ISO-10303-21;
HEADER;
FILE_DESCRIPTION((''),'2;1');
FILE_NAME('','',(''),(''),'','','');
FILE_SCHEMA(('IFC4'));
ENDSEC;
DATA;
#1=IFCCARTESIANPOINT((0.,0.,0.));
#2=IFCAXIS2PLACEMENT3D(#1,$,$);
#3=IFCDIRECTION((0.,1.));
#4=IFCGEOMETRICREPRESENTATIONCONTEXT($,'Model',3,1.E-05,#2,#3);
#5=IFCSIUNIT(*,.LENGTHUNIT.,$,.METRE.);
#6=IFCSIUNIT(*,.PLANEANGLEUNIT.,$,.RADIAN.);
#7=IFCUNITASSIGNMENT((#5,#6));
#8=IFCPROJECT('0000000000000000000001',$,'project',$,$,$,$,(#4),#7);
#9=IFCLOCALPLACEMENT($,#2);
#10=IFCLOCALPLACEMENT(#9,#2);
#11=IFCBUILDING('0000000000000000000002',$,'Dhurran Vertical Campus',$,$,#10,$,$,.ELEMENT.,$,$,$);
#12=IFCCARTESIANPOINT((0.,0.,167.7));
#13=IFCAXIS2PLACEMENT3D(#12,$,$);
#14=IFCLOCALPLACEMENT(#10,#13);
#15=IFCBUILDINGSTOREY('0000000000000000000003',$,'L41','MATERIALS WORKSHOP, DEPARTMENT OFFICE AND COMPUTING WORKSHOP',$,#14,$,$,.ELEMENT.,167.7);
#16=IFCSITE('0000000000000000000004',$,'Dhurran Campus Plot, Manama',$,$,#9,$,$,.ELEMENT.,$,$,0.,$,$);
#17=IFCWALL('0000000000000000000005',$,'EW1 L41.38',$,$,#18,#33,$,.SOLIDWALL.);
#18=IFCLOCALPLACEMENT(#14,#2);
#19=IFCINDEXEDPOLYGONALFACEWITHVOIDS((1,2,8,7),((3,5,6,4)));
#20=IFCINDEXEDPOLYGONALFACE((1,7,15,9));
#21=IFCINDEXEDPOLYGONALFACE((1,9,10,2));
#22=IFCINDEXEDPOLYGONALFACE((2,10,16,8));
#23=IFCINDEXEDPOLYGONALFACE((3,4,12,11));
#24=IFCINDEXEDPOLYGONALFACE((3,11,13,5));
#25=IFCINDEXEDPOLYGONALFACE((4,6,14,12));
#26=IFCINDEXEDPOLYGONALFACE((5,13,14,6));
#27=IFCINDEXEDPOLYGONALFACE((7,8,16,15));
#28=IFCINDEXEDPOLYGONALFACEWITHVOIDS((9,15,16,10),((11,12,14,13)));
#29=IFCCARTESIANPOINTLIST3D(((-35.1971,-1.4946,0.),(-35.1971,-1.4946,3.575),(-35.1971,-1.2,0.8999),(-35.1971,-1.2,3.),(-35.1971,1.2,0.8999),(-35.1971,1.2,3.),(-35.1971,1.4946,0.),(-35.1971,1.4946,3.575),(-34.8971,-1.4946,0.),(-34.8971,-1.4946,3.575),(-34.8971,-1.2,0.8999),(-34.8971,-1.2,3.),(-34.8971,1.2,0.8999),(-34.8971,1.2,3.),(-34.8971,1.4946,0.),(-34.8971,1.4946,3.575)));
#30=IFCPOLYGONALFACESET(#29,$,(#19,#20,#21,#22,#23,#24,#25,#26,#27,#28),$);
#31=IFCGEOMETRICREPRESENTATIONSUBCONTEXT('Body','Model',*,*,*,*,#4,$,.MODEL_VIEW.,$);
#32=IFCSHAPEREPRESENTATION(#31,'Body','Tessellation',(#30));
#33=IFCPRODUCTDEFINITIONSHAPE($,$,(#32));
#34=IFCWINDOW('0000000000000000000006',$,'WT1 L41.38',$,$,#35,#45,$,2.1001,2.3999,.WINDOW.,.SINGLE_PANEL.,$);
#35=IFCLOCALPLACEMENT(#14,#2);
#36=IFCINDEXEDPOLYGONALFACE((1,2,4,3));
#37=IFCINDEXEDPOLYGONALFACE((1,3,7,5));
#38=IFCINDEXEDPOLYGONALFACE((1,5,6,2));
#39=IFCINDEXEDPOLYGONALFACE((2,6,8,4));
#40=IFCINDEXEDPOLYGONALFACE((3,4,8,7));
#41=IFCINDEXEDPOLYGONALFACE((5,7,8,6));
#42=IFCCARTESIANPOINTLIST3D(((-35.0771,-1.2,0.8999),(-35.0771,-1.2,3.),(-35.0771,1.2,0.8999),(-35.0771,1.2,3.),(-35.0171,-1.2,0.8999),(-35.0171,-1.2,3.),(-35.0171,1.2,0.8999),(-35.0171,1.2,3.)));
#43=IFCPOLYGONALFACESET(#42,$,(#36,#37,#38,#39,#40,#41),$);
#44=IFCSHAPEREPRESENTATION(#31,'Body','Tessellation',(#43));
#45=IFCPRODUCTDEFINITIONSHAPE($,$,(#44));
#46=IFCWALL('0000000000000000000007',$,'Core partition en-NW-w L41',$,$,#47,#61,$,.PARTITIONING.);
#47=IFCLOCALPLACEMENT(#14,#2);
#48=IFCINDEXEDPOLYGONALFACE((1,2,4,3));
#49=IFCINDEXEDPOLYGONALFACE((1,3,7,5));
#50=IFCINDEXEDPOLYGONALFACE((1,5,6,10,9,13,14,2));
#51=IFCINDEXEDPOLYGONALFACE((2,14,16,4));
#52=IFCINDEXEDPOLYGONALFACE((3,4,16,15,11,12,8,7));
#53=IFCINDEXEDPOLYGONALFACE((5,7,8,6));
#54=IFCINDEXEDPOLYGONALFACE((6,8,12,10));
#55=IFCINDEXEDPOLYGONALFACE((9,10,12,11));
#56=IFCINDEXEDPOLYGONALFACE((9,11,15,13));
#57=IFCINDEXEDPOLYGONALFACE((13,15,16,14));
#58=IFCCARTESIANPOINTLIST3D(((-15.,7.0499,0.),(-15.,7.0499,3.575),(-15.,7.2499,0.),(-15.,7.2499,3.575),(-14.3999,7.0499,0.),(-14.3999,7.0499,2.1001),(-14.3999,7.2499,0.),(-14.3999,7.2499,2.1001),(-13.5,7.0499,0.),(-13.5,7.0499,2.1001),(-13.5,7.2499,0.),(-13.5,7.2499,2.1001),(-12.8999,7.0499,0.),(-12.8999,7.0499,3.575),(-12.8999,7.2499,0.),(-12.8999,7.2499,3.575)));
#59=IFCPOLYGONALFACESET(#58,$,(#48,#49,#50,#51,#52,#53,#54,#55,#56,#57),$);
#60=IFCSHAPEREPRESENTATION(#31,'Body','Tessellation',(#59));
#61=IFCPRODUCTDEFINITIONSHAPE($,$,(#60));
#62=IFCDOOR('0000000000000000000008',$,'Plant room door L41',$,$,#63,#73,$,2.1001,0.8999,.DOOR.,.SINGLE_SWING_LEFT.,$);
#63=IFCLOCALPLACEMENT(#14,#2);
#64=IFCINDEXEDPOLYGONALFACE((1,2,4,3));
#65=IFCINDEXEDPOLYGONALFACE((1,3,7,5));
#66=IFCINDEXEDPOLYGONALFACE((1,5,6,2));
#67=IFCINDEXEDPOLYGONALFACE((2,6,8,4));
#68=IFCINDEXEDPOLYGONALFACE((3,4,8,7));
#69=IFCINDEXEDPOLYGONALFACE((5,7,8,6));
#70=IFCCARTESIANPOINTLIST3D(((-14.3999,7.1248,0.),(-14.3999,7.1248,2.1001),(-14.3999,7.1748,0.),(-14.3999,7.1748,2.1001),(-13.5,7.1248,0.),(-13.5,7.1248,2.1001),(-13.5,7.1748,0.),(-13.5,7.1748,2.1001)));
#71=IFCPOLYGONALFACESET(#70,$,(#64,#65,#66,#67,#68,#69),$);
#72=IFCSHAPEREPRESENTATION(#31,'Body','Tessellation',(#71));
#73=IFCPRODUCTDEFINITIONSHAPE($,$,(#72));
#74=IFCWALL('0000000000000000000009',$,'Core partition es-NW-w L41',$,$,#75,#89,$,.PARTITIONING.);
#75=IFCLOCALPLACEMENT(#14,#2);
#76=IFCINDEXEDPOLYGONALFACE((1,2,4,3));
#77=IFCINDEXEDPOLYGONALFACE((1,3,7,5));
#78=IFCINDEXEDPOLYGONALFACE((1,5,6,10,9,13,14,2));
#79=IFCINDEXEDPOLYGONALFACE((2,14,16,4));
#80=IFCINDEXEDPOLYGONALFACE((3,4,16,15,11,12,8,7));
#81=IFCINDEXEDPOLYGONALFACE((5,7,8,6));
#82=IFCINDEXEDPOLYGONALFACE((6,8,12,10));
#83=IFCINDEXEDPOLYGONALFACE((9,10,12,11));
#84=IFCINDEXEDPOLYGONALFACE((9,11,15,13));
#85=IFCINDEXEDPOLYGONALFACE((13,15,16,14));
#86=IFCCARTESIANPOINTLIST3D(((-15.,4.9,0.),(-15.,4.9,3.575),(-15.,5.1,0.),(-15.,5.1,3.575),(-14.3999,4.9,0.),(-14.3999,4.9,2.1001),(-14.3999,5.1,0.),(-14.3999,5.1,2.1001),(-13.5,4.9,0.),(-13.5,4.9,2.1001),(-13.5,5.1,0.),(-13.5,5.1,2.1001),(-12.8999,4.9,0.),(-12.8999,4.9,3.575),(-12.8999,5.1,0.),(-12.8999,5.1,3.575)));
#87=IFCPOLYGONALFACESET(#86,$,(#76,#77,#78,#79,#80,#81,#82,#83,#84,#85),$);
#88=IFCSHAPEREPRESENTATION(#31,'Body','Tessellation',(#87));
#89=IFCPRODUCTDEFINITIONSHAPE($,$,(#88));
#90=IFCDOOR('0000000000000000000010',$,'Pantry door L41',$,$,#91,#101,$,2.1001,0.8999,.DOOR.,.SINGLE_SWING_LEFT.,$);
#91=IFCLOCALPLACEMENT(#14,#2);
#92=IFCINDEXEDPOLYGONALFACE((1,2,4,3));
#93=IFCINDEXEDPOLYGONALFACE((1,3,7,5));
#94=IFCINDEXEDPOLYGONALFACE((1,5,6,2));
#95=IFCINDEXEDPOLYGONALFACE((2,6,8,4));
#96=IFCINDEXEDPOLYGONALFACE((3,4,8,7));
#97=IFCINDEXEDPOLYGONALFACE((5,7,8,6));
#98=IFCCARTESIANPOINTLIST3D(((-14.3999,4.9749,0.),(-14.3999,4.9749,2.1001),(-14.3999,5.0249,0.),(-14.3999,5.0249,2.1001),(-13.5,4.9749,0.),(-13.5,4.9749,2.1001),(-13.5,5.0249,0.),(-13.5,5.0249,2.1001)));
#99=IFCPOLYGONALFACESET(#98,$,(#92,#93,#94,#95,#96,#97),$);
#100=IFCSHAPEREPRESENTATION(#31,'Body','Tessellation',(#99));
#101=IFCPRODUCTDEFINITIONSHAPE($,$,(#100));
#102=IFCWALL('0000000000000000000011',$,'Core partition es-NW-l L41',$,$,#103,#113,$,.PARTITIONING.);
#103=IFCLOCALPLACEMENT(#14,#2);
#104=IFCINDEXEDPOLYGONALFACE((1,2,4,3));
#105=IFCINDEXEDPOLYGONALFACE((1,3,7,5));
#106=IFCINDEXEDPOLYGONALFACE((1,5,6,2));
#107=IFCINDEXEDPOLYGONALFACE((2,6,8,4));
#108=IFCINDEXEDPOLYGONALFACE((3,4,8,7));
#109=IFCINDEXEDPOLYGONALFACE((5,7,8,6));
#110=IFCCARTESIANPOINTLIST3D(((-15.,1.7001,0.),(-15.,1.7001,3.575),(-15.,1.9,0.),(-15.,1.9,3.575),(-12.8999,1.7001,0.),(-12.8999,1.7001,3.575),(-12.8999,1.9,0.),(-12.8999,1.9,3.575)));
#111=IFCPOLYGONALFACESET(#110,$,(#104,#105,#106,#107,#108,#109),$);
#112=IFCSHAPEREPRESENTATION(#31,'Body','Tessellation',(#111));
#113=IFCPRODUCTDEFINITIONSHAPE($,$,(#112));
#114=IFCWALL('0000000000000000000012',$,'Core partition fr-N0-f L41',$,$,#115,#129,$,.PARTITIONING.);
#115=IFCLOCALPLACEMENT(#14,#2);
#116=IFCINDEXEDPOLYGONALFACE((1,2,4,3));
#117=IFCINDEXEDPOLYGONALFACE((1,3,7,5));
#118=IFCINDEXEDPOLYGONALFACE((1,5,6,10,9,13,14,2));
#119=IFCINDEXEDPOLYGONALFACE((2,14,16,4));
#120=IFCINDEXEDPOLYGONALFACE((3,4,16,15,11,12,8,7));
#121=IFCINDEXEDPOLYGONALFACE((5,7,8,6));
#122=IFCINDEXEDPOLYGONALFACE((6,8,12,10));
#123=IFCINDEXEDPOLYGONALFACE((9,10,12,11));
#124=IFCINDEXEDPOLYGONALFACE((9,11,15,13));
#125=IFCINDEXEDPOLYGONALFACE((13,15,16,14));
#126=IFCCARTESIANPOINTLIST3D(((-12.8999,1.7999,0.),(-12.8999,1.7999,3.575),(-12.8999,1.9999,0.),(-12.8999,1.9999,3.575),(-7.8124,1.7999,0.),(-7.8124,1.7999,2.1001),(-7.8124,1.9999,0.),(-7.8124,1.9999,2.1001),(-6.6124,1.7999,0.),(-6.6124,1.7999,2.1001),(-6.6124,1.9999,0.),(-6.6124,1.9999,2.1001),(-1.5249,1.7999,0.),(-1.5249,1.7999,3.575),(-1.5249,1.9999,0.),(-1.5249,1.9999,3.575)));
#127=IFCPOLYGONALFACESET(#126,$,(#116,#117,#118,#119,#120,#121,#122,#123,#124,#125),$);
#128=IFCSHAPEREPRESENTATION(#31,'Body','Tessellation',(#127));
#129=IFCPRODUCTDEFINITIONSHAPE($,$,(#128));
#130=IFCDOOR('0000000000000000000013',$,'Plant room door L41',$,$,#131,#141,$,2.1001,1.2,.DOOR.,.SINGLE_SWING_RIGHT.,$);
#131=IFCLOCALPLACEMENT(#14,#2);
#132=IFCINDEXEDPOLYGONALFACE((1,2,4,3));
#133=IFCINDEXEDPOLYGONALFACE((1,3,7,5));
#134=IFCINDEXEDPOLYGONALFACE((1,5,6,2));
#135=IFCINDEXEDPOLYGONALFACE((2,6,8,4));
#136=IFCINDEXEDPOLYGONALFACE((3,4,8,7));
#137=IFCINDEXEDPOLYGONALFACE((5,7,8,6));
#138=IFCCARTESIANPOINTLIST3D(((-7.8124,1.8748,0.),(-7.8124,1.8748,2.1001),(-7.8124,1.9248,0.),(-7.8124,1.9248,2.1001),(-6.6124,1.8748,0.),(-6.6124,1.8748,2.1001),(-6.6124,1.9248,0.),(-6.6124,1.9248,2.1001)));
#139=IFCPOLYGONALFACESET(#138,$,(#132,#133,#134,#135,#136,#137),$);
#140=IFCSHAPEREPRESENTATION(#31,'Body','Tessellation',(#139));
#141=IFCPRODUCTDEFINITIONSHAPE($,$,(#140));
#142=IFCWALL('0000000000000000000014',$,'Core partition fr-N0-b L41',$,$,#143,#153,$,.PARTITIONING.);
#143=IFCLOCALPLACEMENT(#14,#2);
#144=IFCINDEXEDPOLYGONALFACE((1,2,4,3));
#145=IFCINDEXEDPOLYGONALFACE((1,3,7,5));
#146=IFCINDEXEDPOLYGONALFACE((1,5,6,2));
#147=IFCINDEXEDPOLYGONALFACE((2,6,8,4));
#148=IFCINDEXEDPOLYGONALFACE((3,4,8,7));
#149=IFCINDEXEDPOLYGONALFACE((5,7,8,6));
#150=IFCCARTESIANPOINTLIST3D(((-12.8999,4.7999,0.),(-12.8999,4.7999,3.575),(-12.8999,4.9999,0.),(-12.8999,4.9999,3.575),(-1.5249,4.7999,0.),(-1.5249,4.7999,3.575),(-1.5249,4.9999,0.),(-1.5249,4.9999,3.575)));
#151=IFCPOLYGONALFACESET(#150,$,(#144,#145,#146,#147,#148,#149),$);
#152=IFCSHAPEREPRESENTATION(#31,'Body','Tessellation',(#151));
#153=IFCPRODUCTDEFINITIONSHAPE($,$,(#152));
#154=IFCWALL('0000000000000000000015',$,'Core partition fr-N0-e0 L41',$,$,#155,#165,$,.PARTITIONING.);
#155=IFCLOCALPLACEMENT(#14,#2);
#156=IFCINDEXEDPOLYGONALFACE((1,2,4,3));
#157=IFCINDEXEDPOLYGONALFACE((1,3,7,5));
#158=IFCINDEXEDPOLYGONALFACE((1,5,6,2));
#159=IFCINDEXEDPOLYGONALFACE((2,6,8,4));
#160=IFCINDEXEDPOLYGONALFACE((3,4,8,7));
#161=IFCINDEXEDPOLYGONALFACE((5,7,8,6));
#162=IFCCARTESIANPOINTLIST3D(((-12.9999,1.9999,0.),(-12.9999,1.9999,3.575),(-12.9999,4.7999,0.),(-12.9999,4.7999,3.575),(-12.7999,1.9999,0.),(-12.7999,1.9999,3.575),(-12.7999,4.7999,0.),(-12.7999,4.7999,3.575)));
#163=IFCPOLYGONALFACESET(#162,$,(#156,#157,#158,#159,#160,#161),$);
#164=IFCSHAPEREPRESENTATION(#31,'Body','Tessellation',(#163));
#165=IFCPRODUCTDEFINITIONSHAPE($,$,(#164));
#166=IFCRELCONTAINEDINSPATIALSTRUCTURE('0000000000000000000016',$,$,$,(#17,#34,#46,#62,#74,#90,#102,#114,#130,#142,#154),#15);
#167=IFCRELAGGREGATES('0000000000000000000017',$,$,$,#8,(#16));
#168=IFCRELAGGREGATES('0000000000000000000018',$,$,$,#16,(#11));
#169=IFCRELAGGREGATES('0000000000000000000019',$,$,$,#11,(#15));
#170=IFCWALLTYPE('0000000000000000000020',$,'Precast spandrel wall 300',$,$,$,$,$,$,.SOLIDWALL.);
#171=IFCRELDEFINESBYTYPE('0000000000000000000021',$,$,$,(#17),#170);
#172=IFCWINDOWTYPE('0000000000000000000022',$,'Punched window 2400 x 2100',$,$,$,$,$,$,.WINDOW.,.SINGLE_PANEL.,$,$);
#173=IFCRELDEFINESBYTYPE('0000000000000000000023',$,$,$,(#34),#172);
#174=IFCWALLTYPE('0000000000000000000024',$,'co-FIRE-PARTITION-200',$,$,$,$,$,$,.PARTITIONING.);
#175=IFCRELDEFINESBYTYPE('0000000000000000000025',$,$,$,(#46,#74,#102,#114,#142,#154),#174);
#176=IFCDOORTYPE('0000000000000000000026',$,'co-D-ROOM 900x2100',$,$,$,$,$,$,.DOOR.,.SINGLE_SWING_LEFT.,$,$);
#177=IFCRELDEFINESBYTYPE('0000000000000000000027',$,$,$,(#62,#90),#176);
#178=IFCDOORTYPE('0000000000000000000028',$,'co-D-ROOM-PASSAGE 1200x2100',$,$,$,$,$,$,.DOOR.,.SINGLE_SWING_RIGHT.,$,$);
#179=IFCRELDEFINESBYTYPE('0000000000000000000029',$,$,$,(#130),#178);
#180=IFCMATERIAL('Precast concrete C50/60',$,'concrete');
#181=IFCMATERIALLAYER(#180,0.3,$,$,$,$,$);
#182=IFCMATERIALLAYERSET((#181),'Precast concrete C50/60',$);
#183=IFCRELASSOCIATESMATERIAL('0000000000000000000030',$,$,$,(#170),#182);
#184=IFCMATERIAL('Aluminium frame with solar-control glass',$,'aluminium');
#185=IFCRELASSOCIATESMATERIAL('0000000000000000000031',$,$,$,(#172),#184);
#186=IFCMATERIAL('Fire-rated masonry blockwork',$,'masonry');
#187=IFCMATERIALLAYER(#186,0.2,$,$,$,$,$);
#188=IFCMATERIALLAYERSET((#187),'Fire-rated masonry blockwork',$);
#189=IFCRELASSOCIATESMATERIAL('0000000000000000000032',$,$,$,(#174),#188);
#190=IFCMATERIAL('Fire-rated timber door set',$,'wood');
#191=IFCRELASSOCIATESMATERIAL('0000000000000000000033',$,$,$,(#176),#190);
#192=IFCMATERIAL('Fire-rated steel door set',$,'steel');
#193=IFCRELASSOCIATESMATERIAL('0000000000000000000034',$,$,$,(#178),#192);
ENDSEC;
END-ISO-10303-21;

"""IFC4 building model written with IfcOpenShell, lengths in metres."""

from ifc_helpers import new_model, si_unit, direction, frame, frame_2d, origin, place, context, subcontext, project, spatial, rectangle, extrude, material, layer, layer_set, type_object, element, fill, save


model = new_model("IFC4")

# Units and contexts
model_context = context("Model", 3, precision=1e-05, world=origin(), true_north=direction((0.0, 1.0)))
body_context = subcontext(model_context, "Body", "Model", "MODEL_VIEW")
ifc_project = project(units=[si_unit("LENGTHUNIT", "METRE"), si_unit("PLANEANGLEUNIT", "RADIAN")], contexts=[model_context])

# Site, building, storey
site_placement = place(None, origin())
site = spatial("IfcSite", under=ifc_project, at=site_placement, Name="Dhurran Campus Plot, Manama", CompositionType="ELEMENT", RefElevation=0.0)
building_placement = place(site_placement, origin())
building = spatial("IfcBuilding", under=site, at=building_placement, Name="Dhurran Vertical Campus", CompositionType="ELEMENT")
storey_placement = place(building_placement, frame((0.0, 0.0, 167.7)))
storey = spatial("IfcBuildingStorey", under=building, at=storey_placement, Name="L41", Description="MATERIALS WORKSHOP, DEPARTMENT OFFICE AND COMPUTING WORKSHOP", CompositionType="ELEMENT", Elevation=167.7)

# Wall, opening, window
ifc_material_1 = material(Name="Precast concrete C50/60", Category="concrete")
ifc_layer_1 = layer(ifc_material_1, 0.3)
ifc_layer_set_1 = layer_set([ifc_layer_1], Name="Precast concrete C50/60")
wall_type_1 = type_object("IfcWallType", Name="Precast spandrel wall 300", PredefinedType="SOLIDWALL", material=ifc_layer_set_1)
ifc_material_2 = material(Name="Aluminium frame with solar-control glass", Category="aluminium")
window_type = type_object("IfcWindowType", Name="Punched window 2400 x 2100", PartitioningType="SINGLE_PANEL", PredefinedType="WINDOW", material=ifc_material_2)
wall_1_placement = place(storey_placement, frame((-35.0471, 1.4946, 0.0), z_axis=(0.0, 0.0, 1.0), x_axis=(0.0, -1.0, 0.0)))
wall_1 = element("IfcWall", 1, at=wall_1_placement, inside=storey, type_object=wall_type_1, Name="EW1 L41.38", PredefinedType="SOLIDWALL", context=body_context, shape_type="SweptSolid", body=[
    extrude(rectangle(XDim=2.9893, YDim=0.3, at=frame_2d((1.4946, 0.0))), origin(), (0.0, 0.0, 1.0), 3.575),
])
opening_1_placement = place(wall_1_placement, frame((0.2947, 0.0, 0.8999)))
opening_1 = element("IfcOpeningElement", 2, at=opening_1_placement, cuts=wall_1, PredefinedType="OPENING", context=body_context, shape_type="SweptSolid", body=[
    extrude(rectangle(XDim=2.3999, YDim=2.1001, at=frame_2d((1.2, 1.05))), frame((0.0, 0.1599, 0.0), z_axis=(0.0, -1.0, 0.0), x_axis=(1.0, 0.0, 0.0)), (0.0, 0.0, 1.0), 0.3201),
])
window_1_placement = place(opening_1_placement, origin())
window_1 = element("IfcWindow", 3, at=window_1_placement, inside=storey, type_object=window_type, Name="WT1 L41.38", OverallHeight=2.1001, OverallWidth=2.3999, PartitioningType="SINGLE_PANEL", PredefinedType="WINDOW", context=body_context, shape_type="SweptSolid", body=[
    extrude(rectangle(XDim=2.3999, YDim=2.1001, at=frame_2d((1.2, 1.05))), frame((0.0, 0.03, 0.0), z_axis=(0.0, -1.0, 0.0), x_axis=(1.0, 0.0, 0.0)), (0.0, 0.0, 1.0), 0.0601),
])
fill(opening_1, window_1)

# Walls, openings, doors
ifc_material_3 = material(Name="Fire-rated masonry blockwork", Category="masonry")
ifc_layer_2 = layer(ifc_material_3, 0.2)
ifc_layer_set_2 = layer_set([ifc_layer_2], Name="Fire-rated masonry blockwork")
wall_type_2 = type_object("IfcWallType", Name="co-FIRE-PARTITION-200", PredefinedType="PARTITIONING", material=ifc_layer_set_2)
wall_2_placement = place(storey_placement, frame((-15.0, 7.1499, 0.0), z_axis=(0.0, 0.0, 1.0), x_axis=(1.0, 0.0, 0.0)))
wall_2 = element("IfcWall", 4, at=wall_2_placement, inside=storey, type_object=wall_type_2, Name="Core partition en-NW-w L41", PredefinedType="PARTITIONING", context=body_context, shape_type="SweptSolid", body=[
    extrude(rectangle(XDim=2.1001, YDim=0.2, at=frame_2d((1.05, 0.0))), origin(), (0.0, 0.0, 1.0), 3.575),
])
opening_2_placement = place(wall_2_placement, frame((0.6001, 0.0, 0.0)))
opening_2 = element("IfcOpeningElement", 5, at=opening_2_placement, cuts=wall_2, PredefinedType="OPENING", context=body_context, shape_type="SweptSolid", body=[
    extrude(rectangle(XDim=0.8999, YDim=2.1001, at=frame_2d((0.45, 1.05))), frame((0.0, 0.1099, 0.0), z_axis=(0.0, -1.0, 0.0), x_axis=(1.0, 0.0, 0.0)), (0.0, 0.0, 1.0), 0.22),
])
ifc_material_4 = material(Name="Fire-rated timber door set", Category="wood")
door_type_1 = type_object("IfcDoorType", Name="co-D-ROOM 900x2100", OperationType="SINGLE_SWING_LEFT", PredefinedType="DOOR", material=ifc_material_4)
door_1_placement = place(opening_2_placement, origin())
door_1 = element("IfcDoor", 6, at=door_1_placement, inside=storey, type_object=door_type_1, Name="Plant room door L41", OperationType="SINGLE_SWING_LEFT", OverallHeight=2.1001, OverallWidth=0.8999, PredefinedType="DOOR", context=body_context, shape_type="SweptSolid", body=[
    extrude(rectangle(XDim=0.8999, YDim=2.1001, at=frame_2d((0.45, 1.05))), frame((0.0, 0.0249, 0.0), z_axis=(0.0, -1.0, 0.0), x_axis=(1.0, 0.0, 0.0)), (0.0, 0.0, 1.0), 0.05),
])
fill(opening_2, door_1)
wall_3_placement = place(storey_placement, frame((-15.0, 5.0, 0.0), z_axis=(0.0, 0.0, 1.0), x_axis=(1.0, 0.0, 0.0)))
wall_3 = element("IfcWall", 7, at=wall_3_placement, inside=storey, type_object=wall_type_2, Name="Core partition es-NW-w L41", PredefinedType="PARTITIONING", context=body_context, shape_type="SweptSolid", body=[
    extrude(rectangle(XDim=2.1001, YDim=0.2, at=frame_2d((1.05, 0.0))), origin(), (0.0, 0.0, 1.0), 3.575),
])
opening_3_placement = place(wall_3_placement, frame((0.6001, 0.0, 0.0)))
opening_3 = element("IfcOpeningElement", 8, at=opening_3_placement, cuts=wall_3, PredefinedType="OPENING", context=body_context, shape_type="SweptSolid", body=[
    extrude(rectangle(XDim=0.8999, YDim=2.1001, at=frame_2d((0.45, 1.05))), frame((0.0, 0.1099, 0.0), z_axis=(0.0, -1.0, 0.0), x_axis=(1.0, 0.0, 0.0)), (0.0, 0.0, 1.0), 0.22),
])
door_2_placement = place(opening_3_placement, origin())
door_2 = element("IfcDoor", 9, at=door_2_placement, inside=storey, type_object=door_type_1, Name="Pantry door L41", OperationType="SINGLE_SWING_LEFT", OverallHeight=2.1001, OverallWidth=0.8999, PredefinedType="DOOR", context=body_context, shape_type="SweptSolid", body=[
    extrude(rectangle(XDim=0.8999, YDim=2.1001, at=frame_2d((0.45, 1.05))), frame((0.0, 0.0249, 0.0), z_axis=(0.0, -1.0, 0.0), x_axis=(1.0, 0.0, 0.0)), (0.0, 0.0, 1.0), 0.05),
])
fill(opening_3, door_2)

# Wall
wall_4_placement = place(storey_placement, frame((-15.0, 1.8, 0.0), z_axis=(0.0, 0.0, 1.0), x_axis=(1.0, 0.0, 0.0)))
element("IfcWall", 10, at=wall_4_placement, inside=storey, type_object=wall_type_2, Name="Core partition es-NW-l L41", PredefinedType="PARTITIONING", context=body_context, shape_type="SweptSolid", body=[
    extrude(rectangle(XDim=2.1001, YDim=0.2, at=frame_2d((1.05, 0.0))), origin(), (0.0, 0.0, 1.0), 3.575),
])

# Wall, opening, door
wall_5_placement = place(storey_placement, frame((-12.8999, 1.8999, 0.0), z_axis=(0.0, 0.0, 1.0), x_axis=(1.0, 0.0, 0.0)))
wall_5 = element("IfcWall", 11, at=wall_5_placement, inside=storey, type_object=wall_type_2, Name="Core partition fr-N0-f L41", PredefinedType="PARTITIONING", context=body_context, shape_type="SweptSolid", body=[
    extrude(rectangle(XDim=11.375, YDim=0.2, at=frame_2d((5.6875, 0.0))), origin(), (0.0, 0.0, 1.0), 3.575),
])
opening_4_placement = place(wall_5_placement, frame((5.0874, 0.0, 0.0)))
opening_4 = element("IfcOpeningElement", 12, at=opening_4_placement, cuts=wall_5, PredefinedType="OPENING", context=body_context, shape_type="SweptSolid", body=[
    extrude(rectangle(XDim=1.2, YDim=2.1001, at=frame_2d((0.6001, 1.05))), frame((0.0, 0.1099, 0.0), z_axis=(0.0, -1.0, 0.0), x_axis=(1.0, 0.0, 0.0)), (0.0, 0.0, 1.0), 0.22),
])
ifc_material_5 = material(Name="Fire-rated steel door set", Category="steel")
door_type_2 = type_object("IfcDoorType", Name="co-D-ROOM-PASSAGE 1200x2100", OperationType="SINGLE_SWING_RIGHT", PredefinedType="DOOR", material=ifc_material_5)
door_3_placement = place(opening_4_placement, origin())
door_3 = element("IfcDoor", 13, at=door_3_placement, inside=storey, type_object=door_type_2, Name="Plant room door L41", OperationType="SINGLE_SWING_RIGHT", OverallHeight=2.1001, OverallWidth=1.2, PredefinedType="DOOR", context=body_context, shape_type="SweptSolid", body=[
    extrude(rectangle(XDim=1.2, YDim=2.1001, at=frame_2d((0.6001, 1.05))), frame((0.0, 0.0249, 0.0), z_axis=(0.0, -1.0, 0.0), x_axis=(1.0, 0.0, 0.0)), (0.0, 0.0, 1.0), 0.05),
])
fill(opening_4, door_3)

# Walls
wall_6_placement = place(storey_placement, frame((-12.8999, 4.8999, 0.0), z_axis=(0.0, 0.0, 1.0), x_axis=(1.0, 0.0, 0.0)))
element("IfcWall", 14, at=wall_6_placement, inside=storey, type_object=wall_type_2, Name="Core partition fr-N0-b L41", PredefinedType="PARTITIONING", context=body_context, shape_type="SweptSolid", body=[
    extrude(rectangle(XDim=11.375, YDim=0.2, at=frame_2d((5.6875, 0.0))), origin(), (0.0, 0.0, 1.0), 3.575),
])
wall_7_placement = place(storey_placement, frame((-12.8999, 2.0, 0.0), z_axis=(0.0, 0.0, 1.0), x_axis=(0.0, 1.0, 0.0)))
element("IfcWall", 15, at=wall_7_placement, inside=storey, type_object=wall_type_2, Name="Core partition fr-N0-e0 L41", PredefinedType="PARTITIONING", context=body_context, shape_type="SweptSolid", body=[
    extrude(rectangle(XDim=2.8, YDim=0.2, at=frame_2d((1.3999, 0.0))), origin(), (0.0, 0.0, 1.0), 3.575),
])

save(model, "model.ifc")
